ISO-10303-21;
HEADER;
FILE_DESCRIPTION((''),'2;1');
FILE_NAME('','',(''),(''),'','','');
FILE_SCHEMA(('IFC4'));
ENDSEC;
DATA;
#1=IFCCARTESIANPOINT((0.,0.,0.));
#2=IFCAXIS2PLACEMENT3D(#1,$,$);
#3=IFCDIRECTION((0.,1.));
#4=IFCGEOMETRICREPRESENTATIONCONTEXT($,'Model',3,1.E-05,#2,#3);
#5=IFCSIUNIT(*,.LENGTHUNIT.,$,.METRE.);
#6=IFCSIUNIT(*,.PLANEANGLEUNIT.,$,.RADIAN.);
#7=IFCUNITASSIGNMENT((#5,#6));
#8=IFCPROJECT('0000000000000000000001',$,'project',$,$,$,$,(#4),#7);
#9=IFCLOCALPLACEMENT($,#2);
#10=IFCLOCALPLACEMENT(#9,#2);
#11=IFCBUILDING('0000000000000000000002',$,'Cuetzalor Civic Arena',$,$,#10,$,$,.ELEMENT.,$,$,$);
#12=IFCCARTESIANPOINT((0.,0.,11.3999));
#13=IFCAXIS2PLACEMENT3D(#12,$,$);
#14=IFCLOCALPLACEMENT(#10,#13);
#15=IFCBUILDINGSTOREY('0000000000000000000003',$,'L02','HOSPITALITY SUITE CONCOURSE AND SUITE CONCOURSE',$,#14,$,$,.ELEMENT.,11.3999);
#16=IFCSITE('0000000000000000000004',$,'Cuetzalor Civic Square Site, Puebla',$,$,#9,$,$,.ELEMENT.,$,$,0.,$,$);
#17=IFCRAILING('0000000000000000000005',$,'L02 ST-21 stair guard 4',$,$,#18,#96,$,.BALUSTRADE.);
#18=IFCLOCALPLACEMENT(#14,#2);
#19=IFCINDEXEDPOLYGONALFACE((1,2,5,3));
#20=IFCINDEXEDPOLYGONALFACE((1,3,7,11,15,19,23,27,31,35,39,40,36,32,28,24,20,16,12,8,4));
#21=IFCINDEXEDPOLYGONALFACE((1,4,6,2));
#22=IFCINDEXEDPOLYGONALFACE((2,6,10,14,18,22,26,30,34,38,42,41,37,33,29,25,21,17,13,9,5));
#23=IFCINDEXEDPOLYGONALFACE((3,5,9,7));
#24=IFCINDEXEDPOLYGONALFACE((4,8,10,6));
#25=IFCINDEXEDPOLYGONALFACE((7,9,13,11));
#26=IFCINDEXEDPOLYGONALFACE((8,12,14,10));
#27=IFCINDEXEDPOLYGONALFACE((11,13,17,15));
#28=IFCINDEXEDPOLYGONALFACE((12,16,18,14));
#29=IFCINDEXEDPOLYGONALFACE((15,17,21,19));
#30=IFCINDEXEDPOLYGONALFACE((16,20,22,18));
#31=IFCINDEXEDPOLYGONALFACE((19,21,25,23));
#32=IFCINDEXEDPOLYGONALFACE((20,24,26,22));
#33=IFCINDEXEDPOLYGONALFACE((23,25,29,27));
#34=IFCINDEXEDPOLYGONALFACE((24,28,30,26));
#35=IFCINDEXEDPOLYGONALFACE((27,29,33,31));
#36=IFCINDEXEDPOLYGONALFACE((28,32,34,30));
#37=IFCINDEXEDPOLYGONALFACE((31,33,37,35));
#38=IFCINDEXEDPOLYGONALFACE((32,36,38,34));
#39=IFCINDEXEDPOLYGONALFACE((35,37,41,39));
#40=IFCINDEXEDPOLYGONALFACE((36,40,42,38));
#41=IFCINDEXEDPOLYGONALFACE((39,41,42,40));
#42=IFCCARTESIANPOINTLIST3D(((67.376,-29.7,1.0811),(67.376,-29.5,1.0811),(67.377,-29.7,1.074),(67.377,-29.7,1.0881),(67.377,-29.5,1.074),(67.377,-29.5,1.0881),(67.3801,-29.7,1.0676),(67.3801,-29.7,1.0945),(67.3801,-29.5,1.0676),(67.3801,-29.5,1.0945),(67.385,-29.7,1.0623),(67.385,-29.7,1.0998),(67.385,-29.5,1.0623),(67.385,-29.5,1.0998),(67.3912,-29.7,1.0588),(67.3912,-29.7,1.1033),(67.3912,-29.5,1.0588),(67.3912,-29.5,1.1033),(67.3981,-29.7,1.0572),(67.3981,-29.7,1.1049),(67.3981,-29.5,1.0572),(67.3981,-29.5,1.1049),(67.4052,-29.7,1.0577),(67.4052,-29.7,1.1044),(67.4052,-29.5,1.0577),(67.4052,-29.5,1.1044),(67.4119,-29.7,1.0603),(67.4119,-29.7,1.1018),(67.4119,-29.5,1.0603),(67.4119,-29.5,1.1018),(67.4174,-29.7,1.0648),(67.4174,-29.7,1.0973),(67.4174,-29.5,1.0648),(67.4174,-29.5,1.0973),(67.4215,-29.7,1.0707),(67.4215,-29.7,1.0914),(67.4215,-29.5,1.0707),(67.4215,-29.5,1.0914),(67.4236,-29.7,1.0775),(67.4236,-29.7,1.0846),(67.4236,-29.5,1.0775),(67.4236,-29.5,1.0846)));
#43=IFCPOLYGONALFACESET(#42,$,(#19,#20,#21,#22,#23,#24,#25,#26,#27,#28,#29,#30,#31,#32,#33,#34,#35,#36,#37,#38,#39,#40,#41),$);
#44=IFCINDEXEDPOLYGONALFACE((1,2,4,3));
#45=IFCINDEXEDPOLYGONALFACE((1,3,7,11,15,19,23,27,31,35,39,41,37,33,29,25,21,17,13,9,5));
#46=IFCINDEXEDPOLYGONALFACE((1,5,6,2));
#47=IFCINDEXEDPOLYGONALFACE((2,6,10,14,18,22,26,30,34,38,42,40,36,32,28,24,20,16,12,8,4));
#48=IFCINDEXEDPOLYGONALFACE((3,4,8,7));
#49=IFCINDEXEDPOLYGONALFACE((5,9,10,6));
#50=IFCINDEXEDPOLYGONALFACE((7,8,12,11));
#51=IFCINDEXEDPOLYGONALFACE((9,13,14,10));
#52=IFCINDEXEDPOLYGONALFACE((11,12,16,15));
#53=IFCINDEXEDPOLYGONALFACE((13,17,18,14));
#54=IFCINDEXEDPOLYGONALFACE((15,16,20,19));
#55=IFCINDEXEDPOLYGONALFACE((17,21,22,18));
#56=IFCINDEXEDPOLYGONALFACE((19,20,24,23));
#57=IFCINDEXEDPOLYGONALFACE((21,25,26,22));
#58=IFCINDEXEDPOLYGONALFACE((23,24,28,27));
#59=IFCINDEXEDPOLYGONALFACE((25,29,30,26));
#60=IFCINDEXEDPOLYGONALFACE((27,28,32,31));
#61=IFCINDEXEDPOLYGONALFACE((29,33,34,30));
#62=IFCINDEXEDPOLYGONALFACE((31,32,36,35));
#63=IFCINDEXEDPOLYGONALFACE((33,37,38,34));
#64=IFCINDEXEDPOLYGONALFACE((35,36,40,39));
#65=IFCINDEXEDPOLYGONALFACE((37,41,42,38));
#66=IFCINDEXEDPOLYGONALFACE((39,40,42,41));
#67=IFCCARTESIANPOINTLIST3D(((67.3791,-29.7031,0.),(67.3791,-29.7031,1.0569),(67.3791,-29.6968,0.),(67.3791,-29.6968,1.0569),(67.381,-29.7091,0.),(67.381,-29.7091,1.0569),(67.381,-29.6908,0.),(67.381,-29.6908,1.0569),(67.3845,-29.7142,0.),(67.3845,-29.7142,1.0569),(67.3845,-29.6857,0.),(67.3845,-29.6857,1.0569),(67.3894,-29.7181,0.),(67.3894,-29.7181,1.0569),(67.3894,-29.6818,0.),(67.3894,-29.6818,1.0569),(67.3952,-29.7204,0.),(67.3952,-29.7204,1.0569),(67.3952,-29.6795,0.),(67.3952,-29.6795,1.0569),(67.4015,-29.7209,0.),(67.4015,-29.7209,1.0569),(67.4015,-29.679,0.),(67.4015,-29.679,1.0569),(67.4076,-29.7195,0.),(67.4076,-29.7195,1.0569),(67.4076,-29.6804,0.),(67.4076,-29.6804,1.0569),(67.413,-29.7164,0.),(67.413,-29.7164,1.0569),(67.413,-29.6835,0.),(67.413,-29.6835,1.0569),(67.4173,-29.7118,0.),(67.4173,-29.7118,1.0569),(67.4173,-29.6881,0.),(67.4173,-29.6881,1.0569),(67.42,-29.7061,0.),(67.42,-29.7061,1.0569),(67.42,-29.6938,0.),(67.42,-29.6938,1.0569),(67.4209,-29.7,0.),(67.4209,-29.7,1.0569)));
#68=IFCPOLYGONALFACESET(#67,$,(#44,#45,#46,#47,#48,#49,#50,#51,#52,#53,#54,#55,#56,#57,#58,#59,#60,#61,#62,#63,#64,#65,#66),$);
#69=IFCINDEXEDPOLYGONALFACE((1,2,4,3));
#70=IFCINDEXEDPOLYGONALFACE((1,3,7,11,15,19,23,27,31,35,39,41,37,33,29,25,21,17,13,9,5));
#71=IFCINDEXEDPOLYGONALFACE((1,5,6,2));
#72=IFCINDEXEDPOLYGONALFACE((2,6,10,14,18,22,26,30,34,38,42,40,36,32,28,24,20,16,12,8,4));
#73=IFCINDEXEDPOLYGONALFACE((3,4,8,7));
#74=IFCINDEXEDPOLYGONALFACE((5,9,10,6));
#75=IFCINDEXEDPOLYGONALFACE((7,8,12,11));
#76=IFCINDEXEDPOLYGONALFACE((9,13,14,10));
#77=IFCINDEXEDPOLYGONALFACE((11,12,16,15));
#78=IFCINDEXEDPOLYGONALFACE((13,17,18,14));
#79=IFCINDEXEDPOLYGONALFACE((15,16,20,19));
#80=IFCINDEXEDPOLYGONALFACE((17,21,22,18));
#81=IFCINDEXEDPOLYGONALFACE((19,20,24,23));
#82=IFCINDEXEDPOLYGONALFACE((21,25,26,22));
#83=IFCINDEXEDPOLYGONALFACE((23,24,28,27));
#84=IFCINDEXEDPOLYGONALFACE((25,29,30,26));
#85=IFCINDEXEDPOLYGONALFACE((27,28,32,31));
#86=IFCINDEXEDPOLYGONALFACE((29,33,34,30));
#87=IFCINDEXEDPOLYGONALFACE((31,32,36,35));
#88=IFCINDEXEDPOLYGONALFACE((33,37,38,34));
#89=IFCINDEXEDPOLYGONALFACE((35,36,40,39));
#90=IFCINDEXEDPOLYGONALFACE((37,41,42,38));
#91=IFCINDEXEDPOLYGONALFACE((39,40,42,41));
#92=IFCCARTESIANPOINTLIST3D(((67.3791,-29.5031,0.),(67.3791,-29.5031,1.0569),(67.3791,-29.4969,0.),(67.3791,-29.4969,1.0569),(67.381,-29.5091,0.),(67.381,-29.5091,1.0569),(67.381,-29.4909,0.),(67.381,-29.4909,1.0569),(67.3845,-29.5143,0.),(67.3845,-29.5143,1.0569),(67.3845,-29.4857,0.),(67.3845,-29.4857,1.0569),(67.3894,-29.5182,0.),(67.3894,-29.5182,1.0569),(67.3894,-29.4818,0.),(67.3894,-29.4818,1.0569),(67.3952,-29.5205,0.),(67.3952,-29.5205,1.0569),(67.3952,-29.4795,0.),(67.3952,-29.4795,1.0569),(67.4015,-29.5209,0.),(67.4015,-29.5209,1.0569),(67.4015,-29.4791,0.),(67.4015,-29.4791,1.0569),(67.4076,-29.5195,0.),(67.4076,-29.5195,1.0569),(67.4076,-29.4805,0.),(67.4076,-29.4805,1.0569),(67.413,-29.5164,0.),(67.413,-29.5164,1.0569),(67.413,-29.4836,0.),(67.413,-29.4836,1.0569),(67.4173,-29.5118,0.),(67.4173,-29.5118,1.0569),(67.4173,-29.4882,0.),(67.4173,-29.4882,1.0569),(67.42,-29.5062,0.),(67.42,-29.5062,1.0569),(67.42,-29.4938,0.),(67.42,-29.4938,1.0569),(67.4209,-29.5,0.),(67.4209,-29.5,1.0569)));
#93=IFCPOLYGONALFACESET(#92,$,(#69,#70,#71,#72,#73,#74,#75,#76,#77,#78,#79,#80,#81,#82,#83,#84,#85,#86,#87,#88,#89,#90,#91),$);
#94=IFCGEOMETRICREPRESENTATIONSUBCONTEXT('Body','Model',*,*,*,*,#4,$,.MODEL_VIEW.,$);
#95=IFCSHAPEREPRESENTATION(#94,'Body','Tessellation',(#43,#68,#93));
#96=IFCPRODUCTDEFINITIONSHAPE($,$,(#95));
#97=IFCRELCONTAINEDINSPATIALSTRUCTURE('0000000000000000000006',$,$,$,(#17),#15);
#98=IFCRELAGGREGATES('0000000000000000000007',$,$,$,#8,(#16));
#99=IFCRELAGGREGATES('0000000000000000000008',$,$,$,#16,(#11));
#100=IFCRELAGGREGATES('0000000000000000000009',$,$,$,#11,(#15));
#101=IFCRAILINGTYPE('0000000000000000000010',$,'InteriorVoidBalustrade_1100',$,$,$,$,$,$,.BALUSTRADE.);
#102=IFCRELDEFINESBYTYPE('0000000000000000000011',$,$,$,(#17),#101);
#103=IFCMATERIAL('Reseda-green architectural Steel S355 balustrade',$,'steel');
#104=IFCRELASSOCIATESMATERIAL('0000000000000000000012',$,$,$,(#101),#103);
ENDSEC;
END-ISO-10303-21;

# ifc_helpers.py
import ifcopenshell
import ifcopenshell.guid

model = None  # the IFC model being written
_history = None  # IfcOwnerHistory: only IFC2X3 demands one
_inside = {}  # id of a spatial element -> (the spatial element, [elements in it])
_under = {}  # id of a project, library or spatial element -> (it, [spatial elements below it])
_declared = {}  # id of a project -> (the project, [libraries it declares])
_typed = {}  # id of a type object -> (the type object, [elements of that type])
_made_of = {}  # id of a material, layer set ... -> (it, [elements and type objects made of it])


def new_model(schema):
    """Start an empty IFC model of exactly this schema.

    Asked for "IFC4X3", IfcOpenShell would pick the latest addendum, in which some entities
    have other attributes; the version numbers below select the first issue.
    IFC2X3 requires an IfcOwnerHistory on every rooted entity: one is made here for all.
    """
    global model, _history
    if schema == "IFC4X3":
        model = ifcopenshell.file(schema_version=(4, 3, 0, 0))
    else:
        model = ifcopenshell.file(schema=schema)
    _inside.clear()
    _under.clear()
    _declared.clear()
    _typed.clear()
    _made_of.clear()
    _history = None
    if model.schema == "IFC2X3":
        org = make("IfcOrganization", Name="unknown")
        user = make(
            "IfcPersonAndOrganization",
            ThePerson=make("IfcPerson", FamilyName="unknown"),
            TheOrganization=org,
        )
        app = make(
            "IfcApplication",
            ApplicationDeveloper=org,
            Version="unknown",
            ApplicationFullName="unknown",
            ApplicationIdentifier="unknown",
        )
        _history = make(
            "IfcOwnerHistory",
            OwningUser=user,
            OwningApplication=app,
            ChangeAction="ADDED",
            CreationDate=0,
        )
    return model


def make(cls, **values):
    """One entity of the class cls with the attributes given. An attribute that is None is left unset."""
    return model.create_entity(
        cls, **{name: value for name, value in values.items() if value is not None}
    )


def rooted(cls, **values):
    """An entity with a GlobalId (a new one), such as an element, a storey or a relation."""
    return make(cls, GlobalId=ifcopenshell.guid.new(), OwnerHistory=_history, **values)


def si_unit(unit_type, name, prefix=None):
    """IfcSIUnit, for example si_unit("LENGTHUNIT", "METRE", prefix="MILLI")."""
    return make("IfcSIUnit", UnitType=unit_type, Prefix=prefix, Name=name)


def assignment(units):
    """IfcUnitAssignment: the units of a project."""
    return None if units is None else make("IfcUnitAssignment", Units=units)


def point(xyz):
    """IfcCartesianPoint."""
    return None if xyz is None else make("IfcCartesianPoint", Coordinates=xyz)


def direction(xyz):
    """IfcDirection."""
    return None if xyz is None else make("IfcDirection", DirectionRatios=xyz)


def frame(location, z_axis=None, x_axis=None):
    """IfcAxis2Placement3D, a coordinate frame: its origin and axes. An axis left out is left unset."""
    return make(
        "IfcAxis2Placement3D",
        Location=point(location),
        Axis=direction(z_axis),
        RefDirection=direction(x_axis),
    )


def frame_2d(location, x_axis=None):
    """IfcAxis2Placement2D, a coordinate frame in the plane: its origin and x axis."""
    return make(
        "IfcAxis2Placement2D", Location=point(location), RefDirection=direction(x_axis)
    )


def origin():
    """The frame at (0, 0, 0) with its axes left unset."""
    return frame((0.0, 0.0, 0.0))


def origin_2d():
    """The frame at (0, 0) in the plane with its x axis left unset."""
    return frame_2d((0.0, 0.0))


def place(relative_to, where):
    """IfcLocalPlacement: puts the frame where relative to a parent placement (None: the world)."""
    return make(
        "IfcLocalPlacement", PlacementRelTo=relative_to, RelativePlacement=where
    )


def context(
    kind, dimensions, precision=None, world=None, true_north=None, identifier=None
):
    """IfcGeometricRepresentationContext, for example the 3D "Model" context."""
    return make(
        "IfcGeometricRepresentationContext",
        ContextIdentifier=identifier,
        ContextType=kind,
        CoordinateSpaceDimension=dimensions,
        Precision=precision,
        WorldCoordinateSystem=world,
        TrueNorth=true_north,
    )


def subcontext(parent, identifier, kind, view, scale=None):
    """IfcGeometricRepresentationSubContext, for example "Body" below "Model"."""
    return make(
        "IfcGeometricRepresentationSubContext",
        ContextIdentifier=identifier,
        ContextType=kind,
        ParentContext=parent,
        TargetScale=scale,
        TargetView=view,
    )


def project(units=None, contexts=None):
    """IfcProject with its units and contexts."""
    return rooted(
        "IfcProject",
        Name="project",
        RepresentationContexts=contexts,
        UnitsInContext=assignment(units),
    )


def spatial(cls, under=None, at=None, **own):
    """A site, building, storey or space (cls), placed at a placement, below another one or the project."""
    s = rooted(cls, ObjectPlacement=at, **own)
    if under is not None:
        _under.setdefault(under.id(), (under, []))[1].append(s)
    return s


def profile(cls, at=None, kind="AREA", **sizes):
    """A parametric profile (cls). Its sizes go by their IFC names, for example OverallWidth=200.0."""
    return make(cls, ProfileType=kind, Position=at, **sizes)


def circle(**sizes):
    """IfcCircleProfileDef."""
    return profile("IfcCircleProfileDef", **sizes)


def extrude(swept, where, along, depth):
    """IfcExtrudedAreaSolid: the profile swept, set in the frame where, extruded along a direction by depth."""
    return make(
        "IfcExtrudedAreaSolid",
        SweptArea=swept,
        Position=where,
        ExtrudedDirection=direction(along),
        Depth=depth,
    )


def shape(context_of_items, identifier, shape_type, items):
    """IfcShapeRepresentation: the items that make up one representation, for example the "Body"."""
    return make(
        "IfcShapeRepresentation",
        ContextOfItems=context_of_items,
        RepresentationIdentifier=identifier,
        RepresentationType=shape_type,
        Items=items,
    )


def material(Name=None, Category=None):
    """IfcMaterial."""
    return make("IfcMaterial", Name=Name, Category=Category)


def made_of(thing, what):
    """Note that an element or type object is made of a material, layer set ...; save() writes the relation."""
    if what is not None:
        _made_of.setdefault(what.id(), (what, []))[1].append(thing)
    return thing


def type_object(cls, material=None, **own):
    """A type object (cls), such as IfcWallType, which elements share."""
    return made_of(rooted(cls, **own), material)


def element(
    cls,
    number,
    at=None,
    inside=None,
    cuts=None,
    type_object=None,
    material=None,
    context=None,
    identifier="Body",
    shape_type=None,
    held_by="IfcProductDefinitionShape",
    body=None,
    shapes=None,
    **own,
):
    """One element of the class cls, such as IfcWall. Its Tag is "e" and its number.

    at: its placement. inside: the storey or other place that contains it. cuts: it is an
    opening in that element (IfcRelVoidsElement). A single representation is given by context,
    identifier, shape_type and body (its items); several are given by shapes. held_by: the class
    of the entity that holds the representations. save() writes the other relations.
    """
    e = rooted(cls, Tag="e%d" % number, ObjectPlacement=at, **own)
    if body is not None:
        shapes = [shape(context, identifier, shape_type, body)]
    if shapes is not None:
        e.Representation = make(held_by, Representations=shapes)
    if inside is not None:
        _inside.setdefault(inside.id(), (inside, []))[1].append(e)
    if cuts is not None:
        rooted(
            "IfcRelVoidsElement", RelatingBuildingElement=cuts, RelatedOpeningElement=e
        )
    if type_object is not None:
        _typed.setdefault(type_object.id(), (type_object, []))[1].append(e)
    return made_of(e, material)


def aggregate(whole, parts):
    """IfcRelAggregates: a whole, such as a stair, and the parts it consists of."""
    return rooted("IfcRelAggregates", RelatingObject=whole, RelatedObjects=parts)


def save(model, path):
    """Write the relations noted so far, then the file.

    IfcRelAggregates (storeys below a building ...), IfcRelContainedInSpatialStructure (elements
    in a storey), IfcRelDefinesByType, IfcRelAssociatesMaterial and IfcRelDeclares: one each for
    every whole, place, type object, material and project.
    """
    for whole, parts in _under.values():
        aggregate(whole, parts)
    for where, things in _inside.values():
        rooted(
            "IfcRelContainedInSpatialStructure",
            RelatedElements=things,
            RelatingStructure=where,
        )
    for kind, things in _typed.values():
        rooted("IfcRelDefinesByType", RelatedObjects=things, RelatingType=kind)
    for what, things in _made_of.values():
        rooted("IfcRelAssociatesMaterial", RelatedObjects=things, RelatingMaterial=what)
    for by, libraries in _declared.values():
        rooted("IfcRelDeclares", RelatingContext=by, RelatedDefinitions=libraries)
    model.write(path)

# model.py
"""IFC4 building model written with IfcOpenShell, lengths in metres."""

from ifc_helpers import new_model, si_unit, direction, frame, origin, origin_2d, place, context, subcontext, project, spatial, circle, extrude, material, type_object, element, save


model = new_model("IFC4")

# Units and contexts
model_context = context("Model", 3, precision=1e-05, world=origin(), true_north=direction((0.0, 1.0)))
body_context = subcontext(model_context, "Body", "Model", "MODEL_VIEW")
ifc_project = project(units=[si_unit("LENGTHUNIT", "METRE"), si_unit("PLANEANGLEUNIT", "RADIAN")], contexts=[model_context])

# Site, building, storey
site_placement = place(None, origin())
site = spatial("IfcSite", under=ifc_project, at=site_placement, Name="Cuetzalor Civic Square Site, Puebla", CompositionType="ELEMENT", RefElevation=0.0)
building_placement = place(site_placement, origin())
building = spatial("IfcBuilding", under=site, at=building_placement, Name="Cuetzalor Civic Arena", CompositionType="ELEMENT")
storey_placement = place(building_placement, frame((0.0, 0.0, 11.3999)))
storey = spatial("IfcBuildingStorey", under=building, at=storey_placement, Name="L02", Description="HOSPITALITY SUITE CONCOURSE AND SUITE CONCOURSE", CompositionType="ELEMENT", Elevation=11.3999)

# Railing
ifc_material_1 = material(Name="Reseda-green architectural Steel S355 balustrade", Category="steel")
railing_type_1 = type_object("IfcRailingType", Name="InteriorVoidBalustrade_1100", PredefinedType="BALUSTRADE", material=ifc_material_1)
railing_1_placement = place(storey_placement, frame((67.3999, -29.7, 0.0)))
element("IfcRailing", 1, at=railing_1_placement, inside=storey, type_object=railing_type_1, Name="L02 ST-21 stair guard 4", PredefinedType="BALUSTRADE", context=body_context, shape_type="SweptSolid", body=[
    extrude(circle(Radius=0.0239, at=origin_2d()), frame((0.0, 0.0, 1.0811), z_axis=(0.0, 1.0, 0.0), x_axis=(-1.0, 0.0, 0.0)), (0.0, 0.0, 1.0), 0.2),
    extrude(circle(Radius=0.021, at=origin_2d()), origin(), (0.0, 0.0, 1.0), 1.0569),
    extrude(circle(Radius=0.021, at=origin_2d()), frame((0.0, 0.2, 0.0)), (0.0, 0.0, 1.0), 1.0569),
])

save(model, "model.ifc")
